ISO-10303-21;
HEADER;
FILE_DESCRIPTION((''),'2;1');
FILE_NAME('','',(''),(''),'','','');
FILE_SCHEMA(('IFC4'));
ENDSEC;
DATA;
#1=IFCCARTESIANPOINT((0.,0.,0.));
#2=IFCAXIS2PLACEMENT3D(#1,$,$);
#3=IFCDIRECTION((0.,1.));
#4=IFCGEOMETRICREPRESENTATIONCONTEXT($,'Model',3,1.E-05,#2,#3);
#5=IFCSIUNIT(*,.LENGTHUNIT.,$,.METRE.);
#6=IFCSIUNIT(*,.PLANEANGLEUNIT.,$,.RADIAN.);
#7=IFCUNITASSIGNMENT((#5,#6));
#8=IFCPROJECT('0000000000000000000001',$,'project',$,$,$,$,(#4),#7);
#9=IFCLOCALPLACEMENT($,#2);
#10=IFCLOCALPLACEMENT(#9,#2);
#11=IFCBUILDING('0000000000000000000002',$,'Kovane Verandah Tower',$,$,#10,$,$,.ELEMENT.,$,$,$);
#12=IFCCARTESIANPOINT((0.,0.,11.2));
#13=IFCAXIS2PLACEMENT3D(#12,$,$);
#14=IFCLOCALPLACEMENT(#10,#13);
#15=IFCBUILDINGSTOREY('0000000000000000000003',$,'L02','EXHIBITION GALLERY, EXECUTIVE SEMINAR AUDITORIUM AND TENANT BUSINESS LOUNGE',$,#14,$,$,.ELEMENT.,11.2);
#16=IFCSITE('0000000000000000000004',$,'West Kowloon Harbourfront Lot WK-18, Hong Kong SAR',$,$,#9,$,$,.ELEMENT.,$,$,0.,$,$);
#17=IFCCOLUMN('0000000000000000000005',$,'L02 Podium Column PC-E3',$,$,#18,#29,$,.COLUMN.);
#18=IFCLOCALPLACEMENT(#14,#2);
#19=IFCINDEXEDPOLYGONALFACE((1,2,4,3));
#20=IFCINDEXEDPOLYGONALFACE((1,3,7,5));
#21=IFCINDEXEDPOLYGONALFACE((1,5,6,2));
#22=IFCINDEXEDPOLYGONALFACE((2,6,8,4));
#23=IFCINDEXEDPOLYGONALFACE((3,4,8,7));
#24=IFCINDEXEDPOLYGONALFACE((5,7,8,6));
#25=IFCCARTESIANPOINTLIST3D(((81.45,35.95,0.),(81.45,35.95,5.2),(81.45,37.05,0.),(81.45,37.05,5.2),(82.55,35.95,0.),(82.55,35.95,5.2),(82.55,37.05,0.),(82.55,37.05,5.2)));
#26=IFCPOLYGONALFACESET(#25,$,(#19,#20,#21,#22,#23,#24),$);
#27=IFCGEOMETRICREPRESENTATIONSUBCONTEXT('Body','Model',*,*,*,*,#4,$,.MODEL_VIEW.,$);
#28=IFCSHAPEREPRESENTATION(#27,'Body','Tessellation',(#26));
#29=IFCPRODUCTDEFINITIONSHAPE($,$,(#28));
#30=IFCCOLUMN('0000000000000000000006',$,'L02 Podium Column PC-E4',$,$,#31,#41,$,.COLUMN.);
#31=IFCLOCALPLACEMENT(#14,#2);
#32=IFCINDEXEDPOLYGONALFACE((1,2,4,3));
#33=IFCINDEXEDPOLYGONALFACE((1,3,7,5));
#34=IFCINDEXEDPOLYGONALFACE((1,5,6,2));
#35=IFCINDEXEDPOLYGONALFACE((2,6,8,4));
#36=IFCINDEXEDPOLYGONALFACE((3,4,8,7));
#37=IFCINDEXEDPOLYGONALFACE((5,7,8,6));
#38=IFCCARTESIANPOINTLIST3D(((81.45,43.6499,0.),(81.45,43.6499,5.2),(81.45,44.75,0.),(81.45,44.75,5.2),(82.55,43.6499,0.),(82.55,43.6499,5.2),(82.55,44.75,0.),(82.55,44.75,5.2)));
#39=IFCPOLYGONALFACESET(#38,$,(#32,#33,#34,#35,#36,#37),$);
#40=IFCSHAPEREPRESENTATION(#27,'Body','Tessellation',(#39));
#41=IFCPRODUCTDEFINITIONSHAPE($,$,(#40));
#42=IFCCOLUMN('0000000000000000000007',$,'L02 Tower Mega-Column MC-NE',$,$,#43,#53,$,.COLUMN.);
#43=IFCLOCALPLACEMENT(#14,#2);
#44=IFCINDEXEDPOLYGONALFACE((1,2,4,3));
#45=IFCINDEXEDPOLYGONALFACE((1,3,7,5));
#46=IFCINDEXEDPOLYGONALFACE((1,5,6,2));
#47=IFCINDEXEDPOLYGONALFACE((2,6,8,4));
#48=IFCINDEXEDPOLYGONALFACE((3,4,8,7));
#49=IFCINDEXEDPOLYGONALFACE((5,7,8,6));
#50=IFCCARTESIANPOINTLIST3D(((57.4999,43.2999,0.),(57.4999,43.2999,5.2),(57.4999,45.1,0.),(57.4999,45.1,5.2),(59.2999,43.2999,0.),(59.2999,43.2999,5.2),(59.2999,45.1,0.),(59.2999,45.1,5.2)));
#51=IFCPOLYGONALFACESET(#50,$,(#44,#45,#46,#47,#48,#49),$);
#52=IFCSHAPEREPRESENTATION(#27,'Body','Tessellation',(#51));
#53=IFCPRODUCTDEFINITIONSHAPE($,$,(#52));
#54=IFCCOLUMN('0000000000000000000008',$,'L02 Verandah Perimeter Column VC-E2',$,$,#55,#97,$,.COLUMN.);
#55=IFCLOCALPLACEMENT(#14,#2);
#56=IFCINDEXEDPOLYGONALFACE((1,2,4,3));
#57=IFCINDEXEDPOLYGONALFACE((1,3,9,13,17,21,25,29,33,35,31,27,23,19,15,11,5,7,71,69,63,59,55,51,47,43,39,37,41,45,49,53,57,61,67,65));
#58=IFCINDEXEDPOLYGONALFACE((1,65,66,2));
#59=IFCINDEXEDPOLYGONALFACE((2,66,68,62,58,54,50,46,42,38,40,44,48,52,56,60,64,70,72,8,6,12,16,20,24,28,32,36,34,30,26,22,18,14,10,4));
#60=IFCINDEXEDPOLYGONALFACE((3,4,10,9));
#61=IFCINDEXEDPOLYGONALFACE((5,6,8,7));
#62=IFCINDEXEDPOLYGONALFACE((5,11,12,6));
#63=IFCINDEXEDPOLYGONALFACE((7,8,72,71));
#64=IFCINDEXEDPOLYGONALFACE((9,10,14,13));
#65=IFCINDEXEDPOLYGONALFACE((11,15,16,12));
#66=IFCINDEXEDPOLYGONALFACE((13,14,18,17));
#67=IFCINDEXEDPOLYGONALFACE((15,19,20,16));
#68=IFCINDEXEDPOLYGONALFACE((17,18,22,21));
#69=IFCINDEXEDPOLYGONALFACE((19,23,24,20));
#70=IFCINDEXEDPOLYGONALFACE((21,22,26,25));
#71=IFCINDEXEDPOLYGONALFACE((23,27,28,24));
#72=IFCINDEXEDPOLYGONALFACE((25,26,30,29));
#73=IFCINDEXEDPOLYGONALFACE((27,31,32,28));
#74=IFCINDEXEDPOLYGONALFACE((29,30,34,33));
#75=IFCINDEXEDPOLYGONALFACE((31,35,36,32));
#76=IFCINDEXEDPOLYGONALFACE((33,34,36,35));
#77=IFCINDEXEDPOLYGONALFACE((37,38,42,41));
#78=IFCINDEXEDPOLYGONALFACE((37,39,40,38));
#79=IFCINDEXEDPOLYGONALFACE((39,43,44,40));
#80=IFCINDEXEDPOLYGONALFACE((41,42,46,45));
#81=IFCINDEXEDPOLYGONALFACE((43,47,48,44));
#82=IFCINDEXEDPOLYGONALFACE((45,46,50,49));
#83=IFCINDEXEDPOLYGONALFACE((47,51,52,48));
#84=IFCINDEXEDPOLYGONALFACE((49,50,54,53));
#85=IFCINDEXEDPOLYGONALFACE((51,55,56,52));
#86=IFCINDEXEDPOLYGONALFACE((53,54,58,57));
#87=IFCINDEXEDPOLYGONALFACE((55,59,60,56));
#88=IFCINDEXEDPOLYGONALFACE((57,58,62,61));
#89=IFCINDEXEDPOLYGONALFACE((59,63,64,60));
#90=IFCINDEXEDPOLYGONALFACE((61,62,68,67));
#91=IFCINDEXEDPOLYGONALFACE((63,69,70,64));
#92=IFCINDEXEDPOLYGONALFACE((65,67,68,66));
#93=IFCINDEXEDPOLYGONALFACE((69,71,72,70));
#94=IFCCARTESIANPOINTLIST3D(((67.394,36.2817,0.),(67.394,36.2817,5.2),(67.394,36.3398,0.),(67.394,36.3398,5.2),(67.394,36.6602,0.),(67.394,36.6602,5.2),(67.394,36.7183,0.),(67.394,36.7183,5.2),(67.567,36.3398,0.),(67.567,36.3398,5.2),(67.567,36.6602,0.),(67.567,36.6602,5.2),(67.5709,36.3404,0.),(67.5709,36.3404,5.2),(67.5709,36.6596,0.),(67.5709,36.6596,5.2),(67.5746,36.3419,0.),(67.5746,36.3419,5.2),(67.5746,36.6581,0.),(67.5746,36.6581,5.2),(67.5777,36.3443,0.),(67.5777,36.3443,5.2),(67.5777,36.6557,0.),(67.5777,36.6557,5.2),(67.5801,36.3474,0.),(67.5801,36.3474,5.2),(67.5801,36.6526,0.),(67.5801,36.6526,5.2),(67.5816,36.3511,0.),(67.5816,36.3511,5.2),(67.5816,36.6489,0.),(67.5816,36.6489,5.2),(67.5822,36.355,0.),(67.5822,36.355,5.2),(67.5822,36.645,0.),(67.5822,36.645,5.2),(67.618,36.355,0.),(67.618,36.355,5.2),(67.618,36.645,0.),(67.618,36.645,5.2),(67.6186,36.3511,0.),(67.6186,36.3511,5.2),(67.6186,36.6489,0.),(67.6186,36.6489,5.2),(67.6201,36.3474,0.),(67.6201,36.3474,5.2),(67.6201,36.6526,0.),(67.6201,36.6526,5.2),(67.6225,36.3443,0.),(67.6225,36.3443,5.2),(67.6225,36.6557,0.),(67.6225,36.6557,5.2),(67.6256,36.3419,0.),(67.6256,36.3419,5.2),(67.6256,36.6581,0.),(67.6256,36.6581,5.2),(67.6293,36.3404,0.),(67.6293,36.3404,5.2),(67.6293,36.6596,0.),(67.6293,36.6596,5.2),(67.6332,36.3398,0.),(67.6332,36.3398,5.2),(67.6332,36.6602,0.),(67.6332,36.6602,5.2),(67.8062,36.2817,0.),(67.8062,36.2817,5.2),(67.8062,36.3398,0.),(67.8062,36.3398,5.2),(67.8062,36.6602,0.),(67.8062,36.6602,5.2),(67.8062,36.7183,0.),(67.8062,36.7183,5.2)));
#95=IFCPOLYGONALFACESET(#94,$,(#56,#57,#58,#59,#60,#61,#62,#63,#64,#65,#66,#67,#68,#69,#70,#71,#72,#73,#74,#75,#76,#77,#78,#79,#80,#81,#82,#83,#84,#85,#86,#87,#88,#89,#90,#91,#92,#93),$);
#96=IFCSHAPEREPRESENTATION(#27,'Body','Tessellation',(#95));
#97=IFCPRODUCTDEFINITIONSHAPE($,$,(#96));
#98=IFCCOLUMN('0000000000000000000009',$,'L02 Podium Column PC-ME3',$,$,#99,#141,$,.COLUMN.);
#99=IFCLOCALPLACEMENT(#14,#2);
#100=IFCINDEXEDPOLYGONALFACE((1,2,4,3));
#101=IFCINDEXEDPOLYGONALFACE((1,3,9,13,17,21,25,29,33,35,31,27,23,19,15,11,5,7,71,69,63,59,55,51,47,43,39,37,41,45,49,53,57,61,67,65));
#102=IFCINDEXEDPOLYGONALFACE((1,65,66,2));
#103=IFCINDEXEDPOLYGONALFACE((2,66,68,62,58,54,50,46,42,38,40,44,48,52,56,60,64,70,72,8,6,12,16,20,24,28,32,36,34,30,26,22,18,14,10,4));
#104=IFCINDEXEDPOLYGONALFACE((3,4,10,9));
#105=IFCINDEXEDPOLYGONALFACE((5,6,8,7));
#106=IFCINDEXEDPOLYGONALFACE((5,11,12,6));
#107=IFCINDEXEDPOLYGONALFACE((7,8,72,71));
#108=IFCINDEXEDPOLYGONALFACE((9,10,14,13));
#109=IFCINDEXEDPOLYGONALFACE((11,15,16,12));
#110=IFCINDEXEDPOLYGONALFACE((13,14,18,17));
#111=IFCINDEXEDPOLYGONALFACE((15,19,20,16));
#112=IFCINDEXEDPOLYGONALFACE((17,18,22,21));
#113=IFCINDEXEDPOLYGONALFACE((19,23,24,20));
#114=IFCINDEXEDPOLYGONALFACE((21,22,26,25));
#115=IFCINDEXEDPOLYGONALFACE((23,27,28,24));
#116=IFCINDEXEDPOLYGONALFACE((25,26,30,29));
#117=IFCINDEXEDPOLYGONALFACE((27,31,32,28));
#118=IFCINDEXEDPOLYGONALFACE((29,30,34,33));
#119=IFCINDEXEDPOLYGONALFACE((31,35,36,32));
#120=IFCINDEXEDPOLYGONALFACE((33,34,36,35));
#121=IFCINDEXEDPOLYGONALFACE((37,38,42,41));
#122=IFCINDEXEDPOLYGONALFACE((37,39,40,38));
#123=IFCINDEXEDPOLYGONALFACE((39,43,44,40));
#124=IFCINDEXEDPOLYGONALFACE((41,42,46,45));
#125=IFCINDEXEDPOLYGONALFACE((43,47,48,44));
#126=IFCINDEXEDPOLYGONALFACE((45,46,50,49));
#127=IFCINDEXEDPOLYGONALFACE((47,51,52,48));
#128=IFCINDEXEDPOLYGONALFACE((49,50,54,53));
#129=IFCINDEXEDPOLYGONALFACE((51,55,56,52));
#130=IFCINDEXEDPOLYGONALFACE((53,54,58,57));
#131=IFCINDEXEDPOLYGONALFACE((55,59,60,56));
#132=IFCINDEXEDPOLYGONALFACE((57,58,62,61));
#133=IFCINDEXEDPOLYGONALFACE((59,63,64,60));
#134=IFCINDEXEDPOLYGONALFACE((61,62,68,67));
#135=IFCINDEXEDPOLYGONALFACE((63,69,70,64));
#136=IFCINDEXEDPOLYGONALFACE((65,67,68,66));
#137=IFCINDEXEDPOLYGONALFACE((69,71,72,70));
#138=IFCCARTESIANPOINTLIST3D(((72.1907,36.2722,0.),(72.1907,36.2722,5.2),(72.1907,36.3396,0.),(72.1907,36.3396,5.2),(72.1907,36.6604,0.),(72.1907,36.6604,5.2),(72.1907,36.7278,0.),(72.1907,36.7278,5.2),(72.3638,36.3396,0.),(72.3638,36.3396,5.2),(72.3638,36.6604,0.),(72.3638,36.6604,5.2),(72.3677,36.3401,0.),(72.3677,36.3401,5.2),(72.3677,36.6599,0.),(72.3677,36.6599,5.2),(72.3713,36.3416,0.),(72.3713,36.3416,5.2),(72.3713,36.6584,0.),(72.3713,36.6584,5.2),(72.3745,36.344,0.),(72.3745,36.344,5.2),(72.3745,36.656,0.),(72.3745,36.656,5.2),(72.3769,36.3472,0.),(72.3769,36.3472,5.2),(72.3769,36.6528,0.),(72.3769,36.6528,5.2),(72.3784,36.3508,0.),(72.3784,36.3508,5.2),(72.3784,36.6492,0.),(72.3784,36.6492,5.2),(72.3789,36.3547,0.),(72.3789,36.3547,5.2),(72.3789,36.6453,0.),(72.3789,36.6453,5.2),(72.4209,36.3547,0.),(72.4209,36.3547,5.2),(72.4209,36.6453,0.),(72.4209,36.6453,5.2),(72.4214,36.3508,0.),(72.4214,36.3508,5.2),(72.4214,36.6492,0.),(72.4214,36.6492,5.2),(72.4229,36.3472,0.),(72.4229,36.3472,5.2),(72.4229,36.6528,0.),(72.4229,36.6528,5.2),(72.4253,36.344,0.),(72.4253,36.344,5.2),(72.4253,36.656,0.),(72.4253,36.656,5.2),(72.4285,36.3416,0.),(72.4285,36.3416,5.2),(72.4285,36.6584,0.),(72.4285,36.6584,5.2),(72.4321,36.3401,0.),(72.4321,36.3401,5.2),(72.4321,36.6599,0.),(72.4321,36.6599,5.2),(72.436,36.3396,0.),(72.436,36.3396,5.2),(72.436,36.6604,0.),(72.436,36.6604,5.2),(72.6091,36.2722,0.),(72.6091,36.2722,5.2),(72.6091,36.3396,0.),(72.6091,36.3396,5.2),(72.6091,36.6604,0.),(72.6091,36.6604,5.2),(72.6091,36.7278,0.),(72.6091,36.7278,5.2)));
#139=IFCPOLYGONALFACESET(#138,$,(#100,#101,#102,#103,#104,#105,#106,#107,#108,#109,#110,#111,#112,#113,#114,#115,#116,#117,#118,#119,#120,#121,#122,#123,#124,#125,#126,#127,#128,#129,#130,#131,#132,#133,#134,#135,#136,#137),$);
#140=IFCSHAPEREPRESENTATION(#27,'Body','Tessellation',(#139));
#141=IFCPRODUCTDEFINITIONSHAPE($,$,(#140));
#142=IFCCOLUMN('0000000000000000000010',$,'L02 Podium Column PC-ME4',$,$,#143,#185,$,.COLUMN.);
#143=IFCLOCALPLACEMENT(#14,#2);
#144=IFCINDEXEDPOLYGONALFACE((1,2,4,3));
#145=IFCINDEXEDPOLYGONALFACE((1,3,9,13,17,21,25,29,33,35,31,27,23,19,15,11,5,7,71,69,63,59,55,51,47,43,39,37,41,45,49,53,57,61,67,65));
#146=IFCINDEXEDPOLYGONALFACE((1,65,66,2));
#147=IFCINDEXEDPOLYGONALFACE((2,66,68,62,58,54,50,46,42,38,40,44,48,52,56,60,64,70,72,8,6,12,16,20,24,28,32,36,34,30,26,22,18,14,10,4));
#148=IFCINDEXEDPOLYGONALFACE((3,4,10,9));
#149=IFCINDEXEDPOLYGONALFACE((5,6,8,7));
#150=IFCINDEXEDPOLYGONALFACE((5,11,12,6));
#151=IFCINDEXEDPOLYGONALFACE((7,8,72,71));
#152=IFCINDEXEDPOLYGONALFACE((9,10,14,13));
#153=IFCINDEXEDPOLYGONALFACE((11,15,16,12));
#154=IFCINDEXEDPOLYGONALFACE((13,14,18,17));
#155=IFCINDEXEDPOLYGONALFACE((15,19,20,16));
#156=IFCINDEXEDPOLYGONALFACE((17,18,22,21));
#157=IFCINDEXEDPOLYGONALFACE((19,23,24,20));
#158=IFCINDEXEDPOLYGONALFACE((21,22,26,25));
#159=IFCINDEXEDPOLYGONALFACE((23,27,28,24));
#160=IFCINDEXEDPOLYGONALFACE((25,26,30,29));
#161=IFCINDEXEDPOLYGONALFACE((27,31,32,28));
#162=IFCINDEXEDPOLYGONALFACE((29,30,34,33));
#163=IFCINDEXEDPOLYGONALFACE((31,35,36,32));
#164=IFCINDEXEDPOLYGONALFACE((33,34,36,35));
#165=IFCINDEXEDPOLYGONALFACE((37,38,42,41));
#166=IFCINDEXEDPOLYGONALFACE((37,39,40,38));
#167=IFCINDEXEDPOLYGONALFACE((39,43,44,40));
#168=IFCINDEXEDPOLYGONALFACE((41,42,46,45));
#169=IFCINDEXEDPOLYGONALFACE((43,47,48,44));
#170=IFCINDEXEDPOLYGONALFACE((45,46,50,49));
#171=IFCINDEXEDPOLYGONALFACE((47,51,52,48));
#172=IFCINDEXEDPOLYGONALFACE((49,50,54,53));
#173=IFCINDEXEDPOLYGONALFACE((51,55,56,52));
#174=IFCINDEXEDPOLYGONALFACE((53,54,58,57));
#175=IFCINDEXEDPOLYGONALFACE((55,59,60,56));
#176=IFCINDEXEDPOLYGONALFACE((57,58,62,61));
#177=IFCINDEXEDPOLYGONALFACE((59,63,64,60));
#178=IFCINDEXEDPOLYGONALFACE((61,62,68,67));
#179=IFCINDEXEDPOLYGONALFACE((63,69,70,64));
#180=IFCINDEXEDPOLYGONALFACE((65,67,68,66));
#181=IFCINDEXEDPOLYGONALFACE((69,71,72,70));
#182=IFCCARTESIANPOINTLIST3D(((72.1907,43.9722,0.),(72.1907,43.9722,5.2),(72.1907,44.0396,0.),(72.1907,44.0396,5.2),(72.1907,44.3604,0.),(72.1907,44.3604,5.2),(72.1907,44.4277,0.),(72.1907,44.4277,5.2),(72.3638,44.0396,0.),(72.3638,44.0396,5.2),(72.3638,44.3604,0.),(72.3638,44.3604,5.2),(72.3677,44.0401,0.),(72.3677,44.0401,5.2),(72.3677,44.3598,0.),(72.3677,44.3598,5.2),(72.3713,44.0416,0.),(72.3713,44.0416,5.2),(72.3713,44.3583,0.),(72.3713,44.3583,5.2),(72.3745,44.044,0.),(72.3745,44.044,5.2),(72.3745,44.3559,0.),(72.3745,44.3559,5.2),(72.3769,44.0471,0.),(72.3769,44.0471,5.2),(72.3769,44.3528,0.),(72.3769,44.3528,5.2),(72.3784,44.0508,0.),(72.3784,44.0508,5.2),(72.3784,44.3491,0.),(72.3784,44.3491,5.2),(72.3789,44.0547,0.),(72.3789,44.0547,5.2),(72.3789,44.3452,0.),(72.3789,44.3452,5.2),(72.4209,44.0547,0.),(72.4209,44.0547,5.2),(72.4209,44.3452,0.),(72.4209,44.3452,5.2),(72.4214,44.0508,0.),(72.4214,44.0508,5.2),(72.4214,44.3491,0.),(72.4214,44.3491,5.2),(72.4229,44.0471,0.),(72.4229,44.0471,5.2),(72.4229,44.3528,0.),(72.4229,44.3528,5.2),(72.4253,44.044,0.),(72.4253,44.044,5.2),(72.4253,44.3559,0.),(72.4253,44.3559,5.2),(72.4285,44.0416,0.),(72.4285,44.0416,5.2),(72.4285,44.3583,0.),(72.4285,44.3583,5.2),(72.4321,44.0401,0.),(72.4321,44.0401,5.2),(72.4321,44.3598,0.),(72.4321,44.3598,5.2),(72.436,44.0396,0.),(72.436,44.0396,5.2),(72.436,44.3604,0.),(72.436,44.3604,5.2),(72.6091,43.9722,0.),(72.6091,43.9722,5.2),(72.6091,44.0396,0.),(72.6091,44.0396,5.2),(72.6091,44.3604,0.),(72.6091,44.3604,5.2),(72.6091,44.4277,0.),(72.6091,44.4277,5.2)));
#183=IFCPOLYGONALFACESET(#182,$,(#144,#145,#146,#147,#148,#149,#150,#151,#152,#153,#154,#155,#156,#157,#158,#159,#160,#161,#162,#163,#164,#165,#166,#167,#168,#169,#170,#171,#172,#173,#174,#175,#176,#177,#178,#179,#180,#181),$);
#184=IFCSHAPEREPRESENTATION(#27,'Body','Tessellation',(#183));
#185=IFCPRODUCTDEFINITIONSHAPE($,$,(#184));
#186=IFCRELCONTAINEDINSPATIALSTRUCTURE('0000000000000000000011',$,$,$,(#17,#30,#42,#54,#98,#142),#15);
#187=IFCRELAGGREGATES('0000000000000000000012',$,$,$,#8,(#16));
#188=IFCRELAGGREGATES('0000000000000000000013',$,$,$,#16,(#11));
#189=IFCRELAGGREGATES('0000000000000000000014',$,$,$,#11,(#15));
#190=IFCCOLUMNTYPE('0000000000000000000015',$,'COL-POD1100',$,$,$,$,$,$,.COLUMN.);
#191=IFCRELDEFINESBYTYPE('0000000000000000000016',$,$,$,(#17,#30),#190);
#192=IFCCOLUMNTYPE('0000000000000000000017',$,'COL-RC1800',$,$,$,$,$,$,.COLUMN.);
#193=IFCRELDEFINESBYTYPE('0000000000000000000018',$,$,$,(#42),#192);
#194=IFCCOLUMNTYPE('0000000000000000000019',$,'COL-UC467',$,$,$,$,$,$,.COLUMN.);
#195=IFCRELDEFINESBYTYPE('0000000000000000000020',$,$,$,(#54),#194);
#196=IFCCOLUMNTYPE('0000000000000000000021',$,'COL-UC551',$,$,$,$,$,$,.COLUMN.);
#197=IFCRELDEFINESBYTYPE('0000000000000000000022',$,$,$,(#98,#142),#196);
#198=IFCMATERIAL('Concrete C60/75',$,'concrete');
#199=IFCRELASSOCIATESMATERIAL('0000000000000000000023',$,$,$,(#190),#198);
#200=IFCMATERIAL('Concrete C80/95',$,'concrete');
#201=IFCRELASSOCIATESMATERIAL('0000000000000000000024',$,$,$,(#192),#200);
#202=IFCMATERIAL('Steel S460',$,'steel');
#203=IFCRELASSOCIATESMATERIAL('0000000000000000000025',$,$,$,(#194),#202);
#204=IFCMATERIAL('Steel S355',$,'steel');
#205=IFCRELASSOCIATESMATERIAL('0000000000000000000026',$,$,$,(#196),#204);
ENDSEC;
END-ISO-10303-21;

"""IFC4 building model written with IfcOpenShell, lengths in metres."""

from ifc_helpers import new_model, si_unit, direction, frame, origin, origin_2d, place, context, subcontext, project, spatial, rectangle, i_section, extrude, material, material_profile, profile_set, type_object, element, save


model = new_model("IFC4")

# Units and contexts
model_context = context("Model", 3, precision=1e-05, world=origin(), true_north=direction((0.0, 1.0)))
body_context = subcontext(model_context, "Body", "Model", "MODEL_VIEW")
ifc_project = project(units=[si_unit("LENGTHUNIT", "METRE"), si_unit("PLANEANGLEUNIT", "RADIAN")], contexts=[model_context])

# Site, building, storey
site_placement = place(None, origin())
site = spatial("IfcSite", under=ifc_project, at=site_placement, Name="West Kowloon Harbourfront Lot WK-18, Hong Kong SAR", CompositionType="ELEMENT", RefElevation=0.0)
building_placement = place(site_placement, origin())
building = spatial("IfcBuilding", under=site, at=building_placement, Name="Kovane Verandah Tower", CompositionType="ELEMENT")
storey_placement = place(building_placement, frame((0.0, 0.0, 11.2)))
storey = spatial("IfcBuildingStorey", under=building, at=storey_placement, Name="L02", Description="EXHIBITION GALLERY, EXECUTIVE SEMINAR AUDITORIUM AND TENANT BUSINESS LOUNGE", CompositionType="ELEMENT", Elevation=11.2)

# Columns
ifc_material_1 = material(Name="Concrete C60/75", Category="concrete")
ifc_material_profile_1 = material_profile(ifc_material_1, rectangle(XDim=1.1001, YDim=1.1001, at=origin_2d()), Name="RC1100x1100")
ifc_profile_set_1 = profile_set([ifc_material_profile_1], Name="Concrete C60/75")
column_type_1 = type_object("IfcColumnType", Name="COL-POD1100", PredefinedType="COLUMN", material=ifc_profile_set_1)
for number, where, z_axis, x_axis, name in (
    (1, (82.0, 36.5, 0.0), (0.0, 0.0, 1.0), (1.0, 0.0, 0.0), "L02 Podium Column PC-E3"),
    (2, (82.0, 44.2, 0.0), (0.0, 0.0, 1.0), (1.0, 0.0, 0.0), "L02 Podium Column PC-E4"),
):
    element("IfcColumn", number, at=place(storey_placement, frame(where, z_axis=z_axis, x_axis=x_axis)), inside=storey, type_object=column_type_1, Name=name, PredefinedType="COLUMN", context=body_context, shape_type="SweptSolid", body=[
        extrude(rectangle(XDim=1.1001, YDim=1.1001, at=origin_2d()), origin(), (0.0, 0.0, 1.0), 5.2),
    ])
ifc_material_2 = material(Name="Concrete C80/95", Category="concrete")
ifc_material_profile_2 = material_profile(ifc_material_2, rectangle(XDim=1.8, YDim=1.8, at=origin_2d()), Name="RC1800x1800")
ifc_profile_set_2 = profile_set([ifc_material_profile_2], Name="Concrete C80/95")
column_type_2 = type_object("IfcColumnType", Name="COL-RC1800", PredefinedType="COLUMN", material=ifc_profile_set_2)
column_1_placement = place(storey_placement, frame((58.3999, 44.2, 0.0), z_axis=(0.0, 0.0, 1.0), x_axis=(1.0, 0.0, 0.0)))
element("IfcColumn", 3, at=column_1_placement, inside=storey, type_object=column_type_2, Name="L02 Tower Mega-Column MC-NE", PredefinedType="COLUMN", context=body_context, shape_type="SweptSolid", body=[
    extrude(rectangle(XDim=1.8, YDim=1.8, at=origin_2d()), origin(), (0.0, 0.0, 1.0), 5.2),
])
ifc_material_3 = material(Name="Steel S460", Category="steel")
ifc_material_profile_3 = material_profile(ifc_material_3, i_section(OverallWidth=0.4121, OverallDepth=0.4365, WebThickness=0.0359, FlangeThickness=0.0581, FilletRadius=0.0151, at=origin_2d()), Name="UC356x406x467")
ifc_profile_set_3 = profile_set([ifc_material_profile_3], Name="Steel S460")
column_type_3 = type_object("IfcColumnType", Name="COL-UC467", PredefinedType="COLUMN", material=ifc_profile_set_3)
column_2_placement = place(storey_placement, frame((67.6001, 36.5, 0.0), z_axis=(0.0, 0.0, 1.0), x_axis=(1.0, 0.0, 0.0)))
element("IfcColumn", 4, at=column_2_placement, inside=storey, type_object=column_type_3, Name="L02 Verandah Perimeter Column VC-E2", PredefinedType="COLUMN", context=body_context, shape_type="SweptSolid", body=[
    extrude(i_section(OverallWidth=0.4121, OverallDepth=0.4365, WebThickness=0.0359, FlangeThickness=0.0581, FilletRadius=0.0151, at=origin_2d()), origin(), (0.0, 0.0, 1.0), 5.2),
])
ifc_material_4 = material(Name="Steel S355", Category="steel")
ifc_material_profile_4 = material_profile(ifc_material_4, i_section(OverallWidth=0.4185, OverallDepth=0.4556, WebThickness=0.042, FlangeThickness=0.0674, FilletRadius=0.0151, at=origin_2d()), Name="UC356x406x551")
ifc_profile_set_4 = profile_set([ifc_material_profile_4], Name="Steel S355")
column_type_4 = type_object("IfcColumnType", Name="COL-UC551", PredefinedType="COLUMN", material=ifc_profile_set_4)
for number, where, z_axis, x_axis, name in (
    (5, (72.3999, 36.5, 0.0), (0.0, 0.0, 1.0), (1.0, 0.0, 0.0), "L02 Podium Column PC-ME3"),
    (6, (72.3999, 44.2, 0.0), (0.0, 0.0, 1.0), (1.0, 0.0, 0.0), "L02 Podium Column PC-ME4"),
):
    element("IfcColumn", number, at=place(storey_placement, frame(where, z_axis=z_axis, x_axis=x_axis)), inside=storey, type_object=column_type_4, Name=name, PredefinedType="COLUMN", context=body_context, shape_type="SweptSolid", body=[
        extrude(i_section(OverallWidth=0.4185, OverallDepth=0.4556, WebThickness=0.042, FlangeThickness=0.0674, FilletRadius=0.0151, at=origin_2d()), origin(), (0.0, 0.0, 1.0), 5.2),
    ])

save(model, "model.ifc")
